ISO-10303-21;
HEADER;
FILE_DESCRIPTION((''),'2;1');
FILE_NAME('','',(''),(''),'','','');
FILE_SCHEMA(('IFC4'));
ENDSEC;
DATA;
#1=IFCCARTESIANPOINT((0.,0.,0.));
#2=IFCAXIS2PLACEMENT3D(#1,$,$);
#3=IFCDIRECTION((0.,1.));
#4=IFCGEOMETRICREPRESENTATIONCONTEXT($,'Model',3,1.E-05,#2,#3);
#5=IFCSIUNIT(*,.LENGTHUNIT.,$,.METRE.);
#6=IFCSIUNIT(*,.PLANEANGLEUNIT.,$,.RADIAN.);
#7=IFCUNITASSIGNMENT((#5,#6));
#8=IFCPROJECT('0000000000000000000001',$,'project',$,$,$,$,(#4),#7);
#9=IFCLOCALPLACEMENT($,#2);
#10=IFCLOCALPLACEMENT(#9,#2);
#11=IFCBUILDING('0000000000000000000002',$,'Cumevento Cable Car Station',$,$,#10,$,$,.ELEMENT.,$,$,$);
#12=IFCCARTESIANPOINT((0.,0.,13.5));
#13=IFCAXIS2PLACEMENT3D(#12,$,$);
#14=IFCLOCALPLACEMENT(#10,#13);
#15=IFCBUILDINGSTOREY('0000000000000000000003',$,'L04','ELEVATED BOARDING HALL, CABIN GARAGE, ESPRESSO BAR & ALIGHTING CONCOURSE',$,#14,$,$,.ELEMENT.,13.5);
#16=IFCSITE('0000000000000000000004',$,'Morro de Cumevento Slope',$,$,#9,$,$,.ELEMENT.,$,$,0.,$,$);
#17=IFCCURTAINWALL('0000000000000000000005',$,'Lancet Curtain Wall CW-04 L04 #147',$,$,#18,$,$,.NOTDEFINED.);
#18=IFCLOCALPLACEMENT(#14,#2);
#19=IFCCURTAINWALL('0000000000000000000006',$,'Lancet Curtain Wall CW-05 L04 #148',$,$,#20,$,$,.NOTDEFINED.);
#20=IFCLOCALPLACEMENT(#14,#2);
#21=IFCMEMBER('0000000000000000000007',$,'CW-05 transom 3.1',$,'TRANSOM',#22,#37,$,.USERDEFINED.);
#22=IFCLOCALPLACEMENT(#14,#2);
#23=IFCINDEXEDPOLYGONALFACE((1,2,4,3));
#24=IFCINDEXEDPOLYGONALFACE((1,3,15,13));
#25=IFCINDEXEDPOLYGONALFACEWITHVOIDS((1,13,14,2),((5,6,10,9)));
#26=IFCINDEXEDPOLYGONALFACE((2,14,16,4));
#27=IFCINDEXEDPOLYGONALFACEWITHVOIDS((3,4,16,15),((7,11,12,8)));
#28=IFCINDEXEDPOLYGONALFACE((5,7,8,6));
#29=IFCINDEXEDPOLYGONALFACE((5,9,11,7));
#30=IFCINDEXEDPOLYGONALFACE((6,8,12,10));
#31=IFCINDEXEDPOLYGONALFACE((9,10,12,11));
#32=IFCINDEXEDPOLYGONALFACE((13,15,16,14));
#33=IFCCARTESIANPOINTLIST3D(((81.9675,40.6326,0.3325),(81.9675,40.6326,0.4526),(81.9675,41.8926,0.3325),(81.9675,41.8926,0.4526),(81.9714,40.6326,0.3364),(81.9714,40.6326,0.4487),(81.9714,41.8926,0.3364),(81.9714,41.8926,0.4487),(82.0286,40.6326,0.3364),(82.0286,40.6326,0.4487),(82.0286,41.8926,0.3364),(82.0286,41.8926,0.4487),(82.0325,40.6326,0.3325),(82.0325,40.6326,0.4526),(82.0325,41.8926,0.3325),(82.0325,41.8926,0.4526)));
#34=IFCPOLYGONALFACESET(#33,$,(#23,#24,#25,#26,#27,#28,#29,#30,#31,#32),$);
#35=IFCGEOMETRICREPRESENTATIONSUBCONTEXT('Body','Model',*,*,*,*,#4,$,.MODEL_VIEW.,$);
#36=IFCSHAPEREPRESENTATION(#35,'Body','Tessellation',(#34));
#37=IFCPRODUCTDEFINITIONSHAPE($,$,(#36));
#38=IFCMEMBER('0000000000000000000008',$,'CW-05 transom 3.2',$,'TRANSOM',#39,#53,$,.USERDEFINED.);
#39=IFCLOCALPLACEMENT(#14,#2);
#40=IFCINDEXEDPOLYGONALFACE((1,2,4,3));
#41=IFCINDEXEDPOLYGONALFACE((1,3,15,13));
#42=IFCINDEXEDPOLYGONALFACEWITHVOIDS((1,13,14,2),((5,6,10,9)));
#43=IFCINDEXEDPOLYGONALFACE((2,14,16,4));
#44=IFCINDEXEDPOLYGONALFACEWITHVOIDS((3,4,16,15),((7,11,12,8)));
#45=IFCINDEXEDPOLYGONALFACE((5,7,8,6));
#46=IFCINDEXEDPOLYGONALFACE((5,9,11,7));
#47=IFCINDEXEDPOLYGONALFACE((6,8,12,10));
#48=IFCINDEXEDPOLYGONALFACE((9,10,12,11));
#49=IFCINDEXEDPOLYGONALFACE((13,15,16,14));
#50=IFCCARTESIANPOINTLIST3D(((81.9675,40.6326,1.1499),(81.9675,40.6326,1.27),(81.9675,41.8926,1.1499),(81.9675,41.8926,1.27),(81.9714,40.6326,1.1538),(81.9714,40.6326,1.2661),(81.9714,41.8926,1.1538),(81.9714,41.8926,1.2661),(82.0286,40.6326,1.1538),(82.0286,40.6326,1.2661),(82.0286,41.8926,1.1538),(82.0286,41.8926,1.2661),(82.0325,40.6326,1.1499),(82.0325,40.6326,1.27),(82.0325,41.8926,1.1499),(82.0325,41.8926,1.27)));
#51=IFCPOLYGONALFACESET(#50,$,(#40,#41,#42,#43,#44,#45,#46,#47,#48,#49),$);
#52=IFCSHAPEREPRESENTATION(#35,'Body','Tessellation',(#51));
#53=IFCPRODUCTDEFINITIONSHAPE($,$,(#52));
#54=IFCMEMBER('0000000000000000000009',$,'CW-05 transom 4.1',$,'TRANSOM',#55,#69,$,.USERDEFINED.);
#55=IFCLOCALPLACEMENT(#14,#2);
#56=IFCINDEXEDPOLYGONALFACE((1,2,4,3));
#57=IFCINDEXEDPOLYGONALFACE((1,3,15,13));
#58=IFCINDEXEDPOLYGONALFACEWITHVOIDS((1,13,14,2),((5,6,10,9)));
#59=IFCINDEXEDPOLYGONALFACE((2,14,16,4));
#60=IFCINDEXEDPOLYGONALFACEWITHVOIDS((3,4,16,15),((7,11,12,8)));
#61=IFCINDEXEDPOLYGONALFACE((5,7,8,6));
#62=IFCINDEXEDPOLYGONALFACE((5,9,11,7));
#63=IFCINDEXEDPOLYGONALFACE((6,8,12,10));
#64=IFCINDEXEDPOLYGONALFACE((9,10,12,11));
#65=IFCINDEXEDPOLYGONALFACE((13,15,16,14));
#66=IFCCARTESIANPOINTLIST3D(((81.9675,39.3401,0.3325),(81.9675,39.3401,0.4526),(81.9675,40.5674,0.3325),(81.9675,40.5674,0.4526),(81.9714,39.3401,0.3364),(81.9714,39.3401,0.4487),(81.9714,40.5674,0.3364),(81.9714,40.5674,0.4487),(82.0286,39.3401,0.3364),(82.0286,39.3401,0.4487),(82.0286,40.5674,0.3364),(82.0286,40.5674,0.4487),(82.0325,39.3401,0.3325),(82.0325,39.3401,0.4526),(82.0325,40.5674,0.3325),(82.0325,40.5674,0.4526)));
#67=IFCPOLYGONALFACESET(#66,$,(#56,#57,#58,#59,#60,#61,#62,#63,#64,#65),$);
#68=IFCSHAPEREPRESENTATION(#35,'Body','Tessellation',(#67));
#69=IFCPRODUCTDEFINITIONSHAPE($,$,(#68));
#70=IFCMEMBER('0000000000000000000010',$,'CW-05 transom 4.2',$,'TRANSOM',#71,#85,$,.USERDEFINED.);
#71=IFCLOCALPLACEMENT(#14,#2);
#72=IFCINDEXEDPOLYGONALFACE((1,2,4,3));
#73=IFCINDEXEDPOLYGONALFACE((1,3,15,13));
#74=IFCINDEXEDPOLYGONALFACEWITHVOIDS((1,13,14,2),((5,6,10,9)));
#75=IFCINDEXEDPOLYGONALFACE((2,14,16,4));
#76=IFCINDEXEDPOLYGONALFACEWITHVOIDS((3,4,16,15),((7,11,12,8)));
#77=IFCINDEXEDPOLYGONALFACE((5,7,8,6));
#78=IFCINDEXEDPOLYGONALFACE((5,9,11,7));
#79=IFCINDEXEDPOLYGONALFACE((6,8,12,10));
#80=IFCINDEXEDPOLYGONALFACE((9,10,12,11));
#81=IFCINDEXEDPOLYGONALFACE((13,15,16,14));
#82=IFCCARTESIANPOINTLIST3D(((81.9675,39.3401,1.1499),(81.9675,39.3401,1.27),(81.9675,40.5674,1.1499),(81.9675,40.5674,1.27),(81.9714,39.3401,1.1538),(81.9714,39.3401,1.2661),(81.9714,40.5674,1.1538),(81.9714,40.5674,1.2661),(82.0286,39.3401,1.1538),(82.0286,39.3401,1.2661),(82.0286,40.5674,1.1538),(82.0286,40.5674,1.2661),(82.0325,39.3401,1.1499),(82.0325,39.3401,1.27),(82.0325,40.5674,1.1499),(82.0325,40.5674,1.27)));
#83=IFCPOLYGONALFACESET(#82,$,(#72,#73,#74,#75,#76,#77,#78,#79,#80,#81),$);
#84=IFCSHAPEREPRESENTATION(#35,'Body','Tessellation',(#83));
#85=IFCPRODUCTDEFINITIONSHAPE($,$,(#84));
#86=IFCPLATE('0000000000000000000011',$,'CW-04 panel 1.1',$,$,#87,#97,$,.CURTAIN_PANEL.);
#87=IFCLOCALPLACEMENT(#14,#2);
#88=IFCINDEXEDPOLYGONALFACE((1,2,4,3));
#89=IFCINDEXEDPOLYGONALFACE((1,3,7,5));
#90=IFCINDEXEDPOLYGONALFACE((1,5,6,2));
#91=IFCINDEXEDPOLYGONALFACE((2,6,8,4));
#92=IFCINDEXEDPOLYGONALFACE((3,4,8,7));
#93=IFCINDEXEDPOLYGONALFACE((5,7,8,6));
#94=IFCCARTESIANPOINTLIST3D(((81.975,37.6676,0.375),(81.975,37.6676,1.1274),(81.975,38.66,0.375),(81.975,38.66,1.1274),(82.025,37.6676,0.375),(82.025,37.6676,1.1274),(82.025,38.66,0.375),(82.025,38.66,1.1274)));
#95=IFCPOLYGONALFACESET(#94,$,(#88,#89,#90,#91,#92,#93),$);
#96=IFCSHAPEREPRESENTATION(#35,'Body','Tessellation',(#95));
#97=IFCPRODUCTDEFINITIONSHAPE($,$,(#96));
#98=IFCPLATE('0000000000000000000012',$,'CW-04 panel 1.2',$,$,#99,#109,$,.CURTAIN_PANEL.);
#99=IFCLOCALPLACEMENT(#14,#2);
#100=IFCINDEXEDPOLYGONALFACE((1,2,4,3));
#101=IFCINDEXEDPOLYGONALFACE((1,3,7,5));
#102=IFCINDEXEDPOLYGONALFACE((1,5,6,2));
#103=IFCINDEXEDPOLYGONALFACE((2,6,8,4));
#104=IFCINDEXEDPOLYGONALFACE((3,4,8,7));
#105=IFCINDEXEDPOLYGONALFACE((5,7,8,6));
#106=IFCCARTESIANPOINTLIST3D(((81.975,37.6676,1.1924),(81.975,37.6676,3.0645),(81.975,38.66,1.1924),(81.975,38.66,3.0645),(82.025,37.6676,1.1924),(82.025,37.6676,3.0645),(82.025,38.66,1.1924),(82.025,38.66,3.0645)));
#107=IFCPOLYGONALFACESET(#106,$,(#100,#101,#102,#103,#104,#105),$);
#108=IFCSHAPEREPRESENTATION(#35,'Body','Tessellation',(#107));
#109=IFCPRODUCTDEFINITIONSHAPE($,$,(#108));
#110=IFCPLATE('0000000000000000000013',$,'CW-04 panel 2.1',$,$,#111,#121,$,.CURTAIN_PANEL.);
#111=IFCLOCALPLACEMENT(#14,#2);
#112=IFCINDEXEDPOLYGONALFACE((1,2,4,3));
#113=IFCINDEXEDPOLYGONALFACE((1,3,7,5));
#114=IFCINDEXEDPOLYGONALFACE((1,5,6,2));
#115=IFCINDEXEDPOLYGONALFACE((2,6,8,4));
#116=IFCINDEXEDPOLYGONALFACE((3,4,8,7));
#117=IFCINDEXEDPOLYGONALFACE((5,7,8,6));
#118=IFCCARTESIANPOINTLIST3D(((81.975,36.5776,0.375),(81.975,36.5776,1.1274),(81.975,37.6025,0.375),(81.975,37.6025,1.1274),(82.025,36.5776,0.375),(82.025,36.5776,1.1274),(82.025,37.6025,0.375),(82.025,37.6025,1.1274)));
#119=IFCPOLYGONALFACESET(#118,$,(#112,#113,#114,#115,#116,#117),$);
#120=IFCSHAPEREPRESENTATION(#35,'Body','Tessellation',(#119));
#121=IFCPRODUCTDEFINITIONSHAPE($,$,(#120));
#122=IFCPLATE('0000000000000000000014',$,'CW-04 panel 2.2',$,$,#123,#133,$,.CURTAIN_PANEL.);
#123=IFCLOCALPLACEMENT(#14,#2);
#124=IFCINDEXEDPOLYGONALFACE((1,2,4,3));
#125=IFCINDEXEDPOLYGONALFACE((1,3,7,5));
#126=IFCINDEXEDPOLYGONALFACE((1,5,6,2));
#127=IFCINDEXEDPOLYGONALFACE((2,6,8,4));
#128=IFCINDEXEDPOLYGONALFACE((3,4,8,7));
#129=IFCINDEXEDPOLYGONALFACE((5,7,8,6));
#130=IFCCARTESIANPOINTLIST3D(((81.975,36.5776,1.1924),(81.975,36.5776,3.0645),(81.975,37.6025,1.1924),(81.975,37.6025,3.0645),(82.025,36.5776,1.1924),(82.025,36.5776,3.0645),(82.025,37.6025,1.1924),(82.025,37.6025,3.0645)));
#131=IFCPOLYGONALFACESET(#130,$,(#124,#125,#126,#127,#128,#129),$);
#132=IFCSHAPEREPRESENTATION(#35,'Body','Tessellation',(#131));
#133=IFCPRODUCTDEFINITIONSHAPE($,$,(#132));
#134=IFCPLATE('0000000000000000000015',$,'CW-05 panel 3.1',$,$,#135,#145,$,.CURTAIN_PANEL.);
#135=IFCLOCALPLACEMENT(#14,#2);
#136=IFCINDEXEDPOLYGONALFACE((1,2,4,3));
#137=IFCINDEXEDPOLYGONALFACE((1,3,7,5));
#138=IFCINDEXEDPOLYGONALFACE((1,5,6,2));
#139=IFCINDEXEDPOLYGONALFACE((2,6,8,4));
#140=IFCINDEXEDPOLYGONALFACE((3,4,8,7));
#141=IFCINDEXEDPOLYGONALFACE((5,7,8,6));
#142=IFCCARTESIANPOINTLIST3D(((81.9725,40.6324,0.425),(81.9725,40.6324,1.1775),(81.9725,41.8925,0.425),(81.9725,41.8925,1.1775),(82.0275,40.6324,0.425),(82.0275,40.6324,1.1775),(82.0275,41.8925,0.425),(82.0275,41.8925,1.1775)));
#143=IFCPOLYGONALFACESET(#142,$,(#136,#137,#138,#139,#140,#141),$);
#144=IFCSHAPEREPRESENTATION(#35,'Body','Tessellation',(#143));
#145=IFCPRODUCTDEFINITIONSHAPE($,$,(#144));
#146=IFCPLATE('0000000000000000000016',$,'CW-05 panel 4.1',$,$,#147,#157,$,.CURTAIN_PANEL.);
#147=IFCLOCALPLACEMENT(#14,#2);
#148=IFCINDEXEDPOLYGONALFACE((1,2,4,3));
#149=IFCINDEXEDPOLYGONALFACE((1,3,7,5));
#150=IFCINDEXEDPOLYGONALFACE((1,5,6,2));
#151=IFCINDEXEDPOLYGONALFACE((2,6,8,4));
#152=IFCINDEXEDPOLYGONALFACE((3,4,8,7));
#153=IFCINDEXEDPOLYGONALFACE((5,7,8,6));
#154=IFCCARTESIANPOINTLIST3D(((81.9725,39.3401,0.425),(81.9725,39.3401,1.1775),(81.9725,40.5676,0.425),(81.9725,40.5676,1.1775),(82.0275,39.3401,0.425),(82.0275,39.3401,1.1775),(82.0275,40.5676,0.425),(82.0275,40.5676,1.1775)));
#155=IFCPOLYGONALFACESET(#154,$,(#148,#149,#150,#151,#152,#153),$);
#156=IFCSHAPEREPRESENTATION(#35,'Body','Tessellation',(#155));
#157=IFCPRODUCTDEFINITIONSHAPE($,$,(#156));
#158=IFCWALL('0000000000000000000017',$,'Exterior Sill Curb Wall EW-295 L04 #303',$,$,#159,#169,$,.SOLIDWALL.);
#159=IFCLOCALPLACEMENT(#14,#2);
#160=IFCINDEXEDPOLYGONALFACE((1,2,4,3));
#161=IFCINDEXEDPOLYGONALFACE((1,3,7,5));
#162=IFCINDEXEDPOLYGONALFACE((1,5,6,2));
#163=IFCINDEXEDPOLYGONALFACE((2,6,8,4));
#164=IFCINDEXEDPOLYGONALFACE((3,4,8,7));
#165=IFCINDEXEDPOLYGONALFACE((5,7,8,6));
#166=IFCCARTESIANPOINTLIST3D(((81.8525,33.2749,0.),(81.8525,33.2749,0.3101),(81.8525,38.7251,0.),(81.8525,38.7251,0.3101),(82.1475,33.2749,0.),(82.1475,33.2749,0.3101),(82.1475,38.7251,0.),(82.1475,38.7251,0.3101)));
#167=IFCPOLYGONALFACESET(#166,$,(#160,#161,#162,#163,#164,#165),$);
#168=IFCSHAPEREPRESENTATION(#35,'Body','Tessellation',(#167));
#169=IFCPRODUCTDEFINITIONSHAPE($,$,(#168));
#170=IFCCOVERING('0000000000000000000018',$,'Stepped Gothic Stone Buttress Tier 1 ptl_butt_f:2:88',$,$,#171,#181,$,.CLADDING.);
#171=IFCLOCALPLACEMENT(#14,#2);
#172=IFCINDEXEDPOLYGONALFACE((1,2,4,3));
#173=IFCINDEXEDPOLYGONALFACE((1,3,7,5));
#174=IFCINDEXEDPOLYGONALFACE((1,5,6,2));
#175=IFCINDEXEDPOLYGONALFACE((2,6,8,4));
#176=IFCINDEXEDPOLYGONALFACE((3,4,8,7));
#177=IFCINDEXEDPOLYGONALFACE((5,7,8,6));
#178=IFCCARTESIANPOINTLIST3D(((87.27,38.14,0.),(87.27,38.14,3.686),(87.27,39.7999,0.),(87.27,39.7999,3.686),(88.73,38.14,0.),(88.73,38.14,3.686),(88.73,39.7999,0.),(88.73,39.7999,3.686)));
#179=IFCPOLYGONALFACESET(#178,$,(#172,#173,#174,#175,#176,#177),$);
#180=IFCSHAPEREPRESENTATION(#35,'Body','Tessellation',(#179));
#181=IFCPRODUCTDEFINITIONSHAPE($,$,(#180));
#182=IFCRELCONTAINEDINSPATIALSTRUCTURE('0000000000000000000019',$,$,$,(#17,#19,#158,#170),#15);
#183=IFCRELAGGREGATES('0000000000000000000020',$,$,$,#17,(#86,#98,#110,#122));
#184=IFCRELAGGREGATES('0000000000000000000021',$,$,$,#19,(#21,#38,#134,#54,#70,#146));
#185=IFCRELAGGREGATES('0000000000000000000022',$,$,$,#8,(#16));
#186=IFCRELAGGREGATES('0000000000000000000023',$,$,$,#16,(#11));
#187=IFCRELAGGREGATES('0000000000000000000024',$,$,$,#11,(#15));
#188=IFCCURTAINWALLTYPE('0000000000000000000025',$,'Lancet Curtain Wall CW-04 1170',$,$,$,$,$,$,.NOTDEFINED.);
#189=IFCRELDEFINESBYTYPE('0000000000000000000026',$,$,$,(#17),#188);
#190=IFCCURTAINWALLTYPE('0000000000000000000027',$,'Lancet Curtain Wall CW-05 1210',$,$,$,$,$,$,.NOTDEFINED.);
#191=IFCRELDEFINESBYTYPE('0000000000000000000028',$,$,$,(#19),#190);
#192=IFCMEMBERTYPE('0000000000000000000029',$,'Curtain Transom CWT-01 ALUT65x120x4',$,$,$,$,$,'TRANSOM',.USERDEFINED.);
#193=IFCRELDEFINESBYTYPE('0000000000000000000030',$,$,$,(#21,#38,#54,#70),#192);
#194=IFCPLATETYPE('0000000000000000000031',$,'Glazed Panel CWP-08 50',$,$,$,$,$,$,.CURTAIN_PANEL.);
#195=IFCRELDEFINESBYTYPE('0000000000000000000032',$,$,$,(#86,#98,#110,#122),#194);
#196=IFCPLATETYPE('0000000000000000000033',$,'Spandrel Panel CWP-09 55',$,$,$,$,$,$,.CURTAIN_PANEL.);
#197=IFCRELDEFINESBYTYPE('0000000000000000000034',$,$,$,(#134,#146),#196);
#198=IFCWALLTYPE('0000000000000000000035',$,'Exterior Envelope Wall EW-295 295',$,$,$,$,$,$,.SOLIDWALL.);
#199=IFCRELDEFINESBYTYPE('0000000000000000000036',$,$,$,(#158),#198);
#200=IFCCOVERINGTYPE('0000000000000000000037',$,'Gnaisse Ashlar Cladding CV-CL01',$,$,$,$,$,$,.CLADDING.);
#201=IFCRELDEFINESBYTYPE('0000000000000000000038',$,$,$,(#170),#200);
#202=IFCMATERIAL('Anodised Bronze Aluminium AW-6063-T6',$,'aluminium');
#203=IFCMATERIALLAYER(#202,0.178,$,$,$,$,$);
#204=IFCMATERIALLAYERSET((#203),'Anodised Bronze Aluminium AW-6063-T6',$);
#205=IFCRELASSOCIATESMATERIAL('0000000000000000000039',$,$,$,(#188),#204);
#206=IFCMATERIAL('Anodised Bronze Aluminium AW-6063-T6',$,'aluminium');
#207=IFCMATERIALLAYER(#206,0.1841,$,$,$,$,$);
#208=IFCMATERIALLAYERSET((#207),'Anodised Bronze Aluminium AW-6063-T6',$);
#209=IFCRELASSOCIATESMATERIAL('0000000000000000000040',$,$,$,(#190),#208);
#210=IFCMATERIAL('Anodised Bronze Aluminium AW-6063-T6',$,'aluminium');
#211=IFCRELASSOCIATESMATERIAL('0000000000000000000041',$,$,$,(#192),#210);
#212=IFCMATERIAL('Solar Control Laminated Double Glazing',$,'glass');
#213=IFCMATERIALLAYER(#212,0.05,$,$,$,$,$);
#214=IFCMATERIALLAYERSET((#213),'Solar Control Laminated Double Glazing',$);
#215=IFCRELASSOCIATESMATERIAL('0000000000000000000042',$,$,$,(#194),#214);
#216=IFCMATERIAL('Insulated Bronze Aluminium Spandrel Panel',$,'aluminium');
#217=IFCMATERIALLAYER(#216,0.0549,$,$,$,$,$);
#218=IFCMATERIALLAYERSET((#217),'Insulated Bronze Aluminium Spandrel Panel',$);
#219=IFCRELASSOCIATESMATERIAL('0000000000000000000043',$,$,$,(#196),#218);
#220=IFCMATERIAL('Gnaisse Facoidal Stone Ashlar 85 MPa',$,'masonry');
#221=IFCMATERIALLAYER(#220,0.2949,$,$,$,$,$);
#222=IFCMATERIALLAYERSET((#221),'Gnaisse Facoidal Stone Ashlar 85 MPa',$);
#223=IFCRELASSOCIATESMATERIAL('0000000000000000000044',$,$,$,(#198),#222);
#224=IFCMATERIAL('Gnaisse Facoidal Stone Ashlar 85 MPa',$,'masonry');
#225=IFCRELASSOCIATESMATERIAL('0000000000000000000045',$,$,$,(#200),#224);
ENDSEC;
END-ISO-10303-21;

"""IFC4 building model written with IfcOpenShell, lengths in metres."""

from ifc_helpers import new_model, si_unit, direction, frame, frame_2d, origin, origin_2d, place, context, subcontext, project, spatial, rectangle, hollow_rectangle, extrude, material, layer, layer_set, material_profile, profile_set, type_object, element, aggregate, save


model = new_model("IFC4")

# Units and contexts
model_context = context("Model", 3, precision=1e-05, world=origin(), true_north=direction((0.0, 1.0)))
body_context = subcontext(model_context, "Body", "Model", "MODEL_VIEW")
ifc_project = project(units=[si_unit("LENGTHUNIT", "METRE"), si_unit("PLANEANGLEUNIT", "RADIAN")], contexts=[model_context])

# Site, building, storey
site_placement = place(None, origin())
site = spatial("IfcSite", under=ifc_project, at=site_placement, Name="Morro de Cumevento Slope", CompositionType="ELEMENT", RefElevation=0.0)
building_placement = place(site_placement, origin())
building = spatial("IfcBuilding", under=site, at=building_placement, Name="Cumevento Cable Car Station", CompositionType="ELEMENT")
storey_placement = place(building_placement, frame((0.0, 0.0, 13.5)))
storey = spatial("IfcBuildingStorey", under=building, at=storey_placement, Name="L04", Description="ELEVATED BOARDING HALL, CABIN GARAGE, ESPRESSO BAR & ALIGHTING CONCOURSE", CompositionType="ELEMENT", Elevation=13.5)

# Curtain walls
ifc_material_1 = material(Name="Anodised Bronze Aluminium AW-6063-T6", Category="aluminium")
ifc_layer_1 = layer(ifc_material_1, 0.178)
ifc_layer_set_1 = layer_set([ifc_layer_1], Name="Anodised Bronze Aluminium AW-6063-T6")
curtain_wall_type_1 = type_object("IfcCurtainWallType", Name="Lancet Curtain Wall CW-04 1170", PredefinedType="NOTDEFINED", material=ifc_layer_set_1)
curtain_wall_1_placement = place(storey_placement, origin())
curtain_wall_1 = element("IfcCurtainWall", 1, at=curtain_wall_1_placement, inside=storey, type_object=curtain_wall_type_1, Name="Lancet Curtain Wall CW-04 L04 #147", PredefinedType="NOTDEFINED")
ifc_material_2 = material(Name="Anodised Bronze Aluminium AW-6063-T6", Category="aluminium")
ifc_layer_2 = layer(ifc_material_2, 0.1841)
ifc_layer_set_2 = layer_set([ifc_layer_2], Name="Anodised Bronze Aluminium AW-6063-T6")
curtain_wall_type_2 = type_object("IfcCurtainWallType", Name="Lancet Curtain Wall CW-05 1210", PredefinedType="NOTDEFINED", material=ifc_layer_set_2)
curtain_wall_2_placement = place(storey_placement, origin())
curtain_wall_2 = element("IfcCurtainWall", 2, at=curtain_wall_2_placement, inside=storey, type_object=curtain_wall_type_2, Name="Lancet Curtain Wall CW-05 L04 #148", PredefinedType="NOTDEFINED")

# Members
ifc_material_3 = material(Name="Anodised Bronze Aluminium AW-6063-T6", Category="aluminium")
ifc_material_profile_1 = material_profile(ifc_material_3, hollow_rectangle(XDim=0.0649, YDim=0.1201, WallThickness=0.0039, at=origin_2d()), Name="ALUT65x120x4")
ifc_profile_set_1 = profile_set([ifc_material_profile_1], Name="Anodised Bronze Aluminium AW-6063-T6")
member_type_1 = type_object("IfcMemberType", Name="Curtain Transom CWT-01 ALUT65x120x4", ElementType="TRANSOM", PredefinedType="USERDEFINED", material=ifc_profile_set_1)
member_1_placement = place(storey_placement, frame((82.0, 41.8926, 0.3926), z_axis=(0.0, -1.0, 0.0), x_axis=(1.0, 0.0, 0.0)))
member_1 = element("IfcMember", 3, at=member_1_placement, type_object=member_type_1, Name="CW-05 transom 3.1", ObjectType="TRANSOM", PredefinedType="USERDEFINED", context=body_context, shape_type="SweptSolid", body=[
    extrude(hollow_rectangle(XDim=0.0649, YDim=0.1201, WallThickness=0.0039, at=origin_2d()), origin(), (0.0, 0.0, 1.0), 1.26),
])
member_2_placement = place(storey_placement, frame((82.0, 41.8926, 1.21), z_axis=(0.0, -1.0, 0.0), x_axis=(1.0, 0.0, 0.0)))
member_2 = element("IfcMember", 4, at=member_2_placement, type_object=member_type_1, Name="CW-05 transom 3.2", ObjectType="TRANSOM", PredefinedType="USERDEFINED", context=body_context, shape_type="SweptSolid", body=[
    extrude(hollow_rectangle(XDim=0.0649, YDim=0.1201, WallThickness=0.0039, at=origin_2d()), origin(), (0.0, 0.0, 1.0), 1.26),
])
member_3_placement = place(storey_placement, frame((82.0, 40.5674, 0.3926), z_axis=(0.0, -1.0, 0.0), x_axis=(1.0, 0.0, 0.0)))
member_3 = element("IfcMember", 5, at=member_3_placement, type_object=member_type_1, Name="CW-05 transom 4.1", ObjectType="TRANSOM", PredefinedType="USERDEFINED", context=body_context, shape_type="SweptSolid", body=[
    extrude(hollow_rectangle(XDim=0.0649, YDim=0.1201, WallThickness=0.0039, at=origin_2d()), origin(), (0.0, 0.0, 1.0), 1.2273),
])
member_4_placement = place(storey_placement, frame((82.0, 40.5674, 1.21), z_axis=(0.0, -1.0, 0.0), x_axis=(1.0, 0.0, 0.0)))
member_4 = element("IfcMember", 6, at=member_4_placement, type_object=member_type_1, Name="CW-05 transom 4.2", ObjectType="TRANSOM", PredefinedType="USERDEFINED", context=body_context, shape_type="SweptSolid", body=[
    extrude(hollow_rectangle(XDim=0.0649, YDim=0.1201, WallThickness=0.0039, at=origin_2d()), origin(), (0.0, 0.0, 1.0), 1.2273),
])

# Plates
ifc_material_4 = material(Name="Solar Control Laminated Double Glazing", Category="glass")
ifc_layer_3 = layer(ifc_material_4, 0.05)
ifc_layer_set_3 = layer_set([ifc_layer_3], Name="Solar Control Laminated Double Glazing")
plate_type_1 = type_object("IfcPlateType", Name="Glazed Panel CWP-08 50", PredefinedType="CURTAIN_PANEL", material=ifc_layer_set_3)
plate_1_placement = place(storey_placement, frame((82.0, 38.1638, 0.375), z_axis=(0.0, 0.0, 1.0), x_axis=(0.0, -1.0, 0.0)))
plate_1 = element("IfcPlate", 7, at=plate_1_placement, type_object=plate_type_1, Name="CW-04 panel 1.1", PredefinedType="CURTAIN_PANEL", context=body_context, shape_type="SweptSolid", body=[
    extrude(rectangle(XDim=0.9924, YDim=0.05, at=origin_2d()), origin(), (0.0, 0.0, 1.0), 0.7524),
])
plate_2_placement = place(storey_placement, frame((82.0, 38.1638, 1.1924), z_axis=(0.0, 0.0, 1.0), x_axis=(0.0, -1.0, 0.0)))
plate_2 = element("IfcPlate", 8, at=plate_2_placement, type_object=plate_type_1, Name="CW-04 panel 1.2", PredefinedType="CURTAIN_PANEL", context=body_context, shape_type="SweptSolid", body=[
    extrude(rectangle(XDim=0.9924, YDim=0.05, at=origin_2d()), origin(), (0.0, 0.0, 1.0), 1.8721),
])
plate_3_placement = place(storey_placement, frame((82.0, 37.0901, 0.375), z_axis=(0.0, 0.0, 1.0), x_axis=(0.0, -1.0, 0.0)))
plate_3 = element("IfcPlate", 9, at=plate_3_placement, type_object=plate_type_1, Name="CW-04 panel 2.1", PredefinedType="CURTAIN_PANEL", context=body_context, shape_type="SweptSolid", body=[
    extrude(rectangle(XDim=1.0249, YDim=0.05, at=origin_2d()), origin(), (0.0, 0.0, 1.0), 0.7524),
])
plate_4_placement = place(storey_placement, frame((82.0, 37.0901, 1.1924), z_axis=(0.0, 0.0, 1.0), x_axis=(0.0, -1.0, 0.0)))
plate_4 = element("IfcPlate", 10, at=plate_4_placement, type_object=plate_type_1, Name="CW-04 panel 2.2", PredefinedType="CURTAIN_PANEL", context=body_context, shape_type="SweptSolid", body=[
    extrude(rectangle(XDim=1.0249, YDim=0.05, at=origin_2d()), origin(), (0.0, 0.0, 1.0), 1.8721),
])
aggregate(curtain_wall_1, [plate_1, plate_2, plate_3, plate_4])
ifc_material_5 = material(Name="Insulated Bronze Aluminium Spandrel Panel", Category="aluminium")
ifc_layer_4 = layer(ifc_material_5, 0.0549)
ifc_layer_set_4 = layer_set([ifc_layer_4], Name="Insulated Bronze Aluminium Spandrel Panel")
plate_type_2 = type_object("IfcPlateType", Name="Spandrel Panel CWP-09 55", PredefinedType="CURTAIN_PANEL", material=ifc_layer_set_4)
plate_5_placement = place(storey_placement, frame((82.0, 41.2625, 0.425), z_axis=(0.0, 0.0, 1.0), x_axis=(0.0, -1.0, 0.0)))
plate_5 = element("IfcPlate", 11, at=plate_5_placement, type_object=plate_type_2, Name="CW-05 panel 3.1", PredefinedType="CURTAIN_PANEL", context=body_context, shape_type="SweptSolid", body=[
    extrude(rectangle(XDim=1.26, YDim=0.0549, at=origin_2d()), origin(), (0.0, 0.0, 1.0), 0.7524),
])
plate_6_placement = place(storey_placement, frame((82.0, 39.9539, 0.425), z_axis=(0.0, 0.0, 1.0), x_axis=(0.0, -1.0, 0.0)))
plate_6 = element("IfcPlate", 12, at=plate_6_placement, type_object=plate_type_2, Name="CW-05 panel 4.1", PredefinedType="CURTAIN_PANEL", context=body_context, shape_type="SweptSolid", body=[
    extrude(rectangle(XDim=1.2275, YDim=0.0549, at=origin_2d()), origin(), (0.0, 0.0, 1.0), 0.7524),
])
aggregate(curtain_wall_2, [member_1, member_2, plate_5, member_3, member_4, plate_6])

# Wall
ifc_material_6 = material(Name="Gnaisse Facoidal Stone Ashlar 85 MPa", Category="masonry")
ifc_layer_5 = layer(ifc_material_6, 0.2949)
ifc_layer_set_5 = layer_set([ifc_layer_5], Name="Gnaisse Facoidal Stone Ashlar 85 MPa")
wall_type = type_object("IfcWallType", Name="Exterior Envelope Wall EW-295 295", PredefinedType="SOLIDWALL", material=ifc_layer_set_5)
wall_placement = place(storey_placement, frame((82.0, 38.7251, 0.0), z_axis=(0.0, 0.0, 1.0), x_axis=(0.0, -1.0, 0.0)))
element("IfcWall", 13, at=wall_placement, inside=storey, type_object=wall_type, Name="Exterior Sill Curb Wall EW-295 L04 #303", PredefinedType="SOLIDWALL", context=body_context, shape_type="SweptSolid", body=[
    extrude(rectangle(XDim=5.4502, YDim=0.2949, at=frame_2d((2.7251, 0.0))), origin(), (0.0, 0.0, 1.0), 0.3101),
])

# Covering
ifc_material_7 = material(Name="Gnaisse Facoidal Stone Ashlar 85 MPa", Category="masonry")
covering_type = type_object("IfcCoveringType", Name="Gnaisse Ashlar Cladding CV-CL01", PredefinedType="CLADDING", material=ifc_material_7)
covering_1_placement = place(storey_placement, frame((88.0, 38.97, 0.0), z_axis=(0.0, 0.0, 1.0), x_axis=(1.0, 0.0, 0.0)))
element("IfcCovering", 14, at=covering_1_placement, inside=storey, type_object=covering_type, Name="Stepped Gothic Stone Buttress Tier 1 ptl_butt_f:2:88", PredefinedType="CLADDING", context=body_context, shape_type="SweptSolid", body=[
    extrude(rectangle(XDim=1.46, YDim=1.6599, at=origin_2d()), origin(), (0.0, 0.0, 1.0), 3.686),
])

save(model, "model.ifc")
